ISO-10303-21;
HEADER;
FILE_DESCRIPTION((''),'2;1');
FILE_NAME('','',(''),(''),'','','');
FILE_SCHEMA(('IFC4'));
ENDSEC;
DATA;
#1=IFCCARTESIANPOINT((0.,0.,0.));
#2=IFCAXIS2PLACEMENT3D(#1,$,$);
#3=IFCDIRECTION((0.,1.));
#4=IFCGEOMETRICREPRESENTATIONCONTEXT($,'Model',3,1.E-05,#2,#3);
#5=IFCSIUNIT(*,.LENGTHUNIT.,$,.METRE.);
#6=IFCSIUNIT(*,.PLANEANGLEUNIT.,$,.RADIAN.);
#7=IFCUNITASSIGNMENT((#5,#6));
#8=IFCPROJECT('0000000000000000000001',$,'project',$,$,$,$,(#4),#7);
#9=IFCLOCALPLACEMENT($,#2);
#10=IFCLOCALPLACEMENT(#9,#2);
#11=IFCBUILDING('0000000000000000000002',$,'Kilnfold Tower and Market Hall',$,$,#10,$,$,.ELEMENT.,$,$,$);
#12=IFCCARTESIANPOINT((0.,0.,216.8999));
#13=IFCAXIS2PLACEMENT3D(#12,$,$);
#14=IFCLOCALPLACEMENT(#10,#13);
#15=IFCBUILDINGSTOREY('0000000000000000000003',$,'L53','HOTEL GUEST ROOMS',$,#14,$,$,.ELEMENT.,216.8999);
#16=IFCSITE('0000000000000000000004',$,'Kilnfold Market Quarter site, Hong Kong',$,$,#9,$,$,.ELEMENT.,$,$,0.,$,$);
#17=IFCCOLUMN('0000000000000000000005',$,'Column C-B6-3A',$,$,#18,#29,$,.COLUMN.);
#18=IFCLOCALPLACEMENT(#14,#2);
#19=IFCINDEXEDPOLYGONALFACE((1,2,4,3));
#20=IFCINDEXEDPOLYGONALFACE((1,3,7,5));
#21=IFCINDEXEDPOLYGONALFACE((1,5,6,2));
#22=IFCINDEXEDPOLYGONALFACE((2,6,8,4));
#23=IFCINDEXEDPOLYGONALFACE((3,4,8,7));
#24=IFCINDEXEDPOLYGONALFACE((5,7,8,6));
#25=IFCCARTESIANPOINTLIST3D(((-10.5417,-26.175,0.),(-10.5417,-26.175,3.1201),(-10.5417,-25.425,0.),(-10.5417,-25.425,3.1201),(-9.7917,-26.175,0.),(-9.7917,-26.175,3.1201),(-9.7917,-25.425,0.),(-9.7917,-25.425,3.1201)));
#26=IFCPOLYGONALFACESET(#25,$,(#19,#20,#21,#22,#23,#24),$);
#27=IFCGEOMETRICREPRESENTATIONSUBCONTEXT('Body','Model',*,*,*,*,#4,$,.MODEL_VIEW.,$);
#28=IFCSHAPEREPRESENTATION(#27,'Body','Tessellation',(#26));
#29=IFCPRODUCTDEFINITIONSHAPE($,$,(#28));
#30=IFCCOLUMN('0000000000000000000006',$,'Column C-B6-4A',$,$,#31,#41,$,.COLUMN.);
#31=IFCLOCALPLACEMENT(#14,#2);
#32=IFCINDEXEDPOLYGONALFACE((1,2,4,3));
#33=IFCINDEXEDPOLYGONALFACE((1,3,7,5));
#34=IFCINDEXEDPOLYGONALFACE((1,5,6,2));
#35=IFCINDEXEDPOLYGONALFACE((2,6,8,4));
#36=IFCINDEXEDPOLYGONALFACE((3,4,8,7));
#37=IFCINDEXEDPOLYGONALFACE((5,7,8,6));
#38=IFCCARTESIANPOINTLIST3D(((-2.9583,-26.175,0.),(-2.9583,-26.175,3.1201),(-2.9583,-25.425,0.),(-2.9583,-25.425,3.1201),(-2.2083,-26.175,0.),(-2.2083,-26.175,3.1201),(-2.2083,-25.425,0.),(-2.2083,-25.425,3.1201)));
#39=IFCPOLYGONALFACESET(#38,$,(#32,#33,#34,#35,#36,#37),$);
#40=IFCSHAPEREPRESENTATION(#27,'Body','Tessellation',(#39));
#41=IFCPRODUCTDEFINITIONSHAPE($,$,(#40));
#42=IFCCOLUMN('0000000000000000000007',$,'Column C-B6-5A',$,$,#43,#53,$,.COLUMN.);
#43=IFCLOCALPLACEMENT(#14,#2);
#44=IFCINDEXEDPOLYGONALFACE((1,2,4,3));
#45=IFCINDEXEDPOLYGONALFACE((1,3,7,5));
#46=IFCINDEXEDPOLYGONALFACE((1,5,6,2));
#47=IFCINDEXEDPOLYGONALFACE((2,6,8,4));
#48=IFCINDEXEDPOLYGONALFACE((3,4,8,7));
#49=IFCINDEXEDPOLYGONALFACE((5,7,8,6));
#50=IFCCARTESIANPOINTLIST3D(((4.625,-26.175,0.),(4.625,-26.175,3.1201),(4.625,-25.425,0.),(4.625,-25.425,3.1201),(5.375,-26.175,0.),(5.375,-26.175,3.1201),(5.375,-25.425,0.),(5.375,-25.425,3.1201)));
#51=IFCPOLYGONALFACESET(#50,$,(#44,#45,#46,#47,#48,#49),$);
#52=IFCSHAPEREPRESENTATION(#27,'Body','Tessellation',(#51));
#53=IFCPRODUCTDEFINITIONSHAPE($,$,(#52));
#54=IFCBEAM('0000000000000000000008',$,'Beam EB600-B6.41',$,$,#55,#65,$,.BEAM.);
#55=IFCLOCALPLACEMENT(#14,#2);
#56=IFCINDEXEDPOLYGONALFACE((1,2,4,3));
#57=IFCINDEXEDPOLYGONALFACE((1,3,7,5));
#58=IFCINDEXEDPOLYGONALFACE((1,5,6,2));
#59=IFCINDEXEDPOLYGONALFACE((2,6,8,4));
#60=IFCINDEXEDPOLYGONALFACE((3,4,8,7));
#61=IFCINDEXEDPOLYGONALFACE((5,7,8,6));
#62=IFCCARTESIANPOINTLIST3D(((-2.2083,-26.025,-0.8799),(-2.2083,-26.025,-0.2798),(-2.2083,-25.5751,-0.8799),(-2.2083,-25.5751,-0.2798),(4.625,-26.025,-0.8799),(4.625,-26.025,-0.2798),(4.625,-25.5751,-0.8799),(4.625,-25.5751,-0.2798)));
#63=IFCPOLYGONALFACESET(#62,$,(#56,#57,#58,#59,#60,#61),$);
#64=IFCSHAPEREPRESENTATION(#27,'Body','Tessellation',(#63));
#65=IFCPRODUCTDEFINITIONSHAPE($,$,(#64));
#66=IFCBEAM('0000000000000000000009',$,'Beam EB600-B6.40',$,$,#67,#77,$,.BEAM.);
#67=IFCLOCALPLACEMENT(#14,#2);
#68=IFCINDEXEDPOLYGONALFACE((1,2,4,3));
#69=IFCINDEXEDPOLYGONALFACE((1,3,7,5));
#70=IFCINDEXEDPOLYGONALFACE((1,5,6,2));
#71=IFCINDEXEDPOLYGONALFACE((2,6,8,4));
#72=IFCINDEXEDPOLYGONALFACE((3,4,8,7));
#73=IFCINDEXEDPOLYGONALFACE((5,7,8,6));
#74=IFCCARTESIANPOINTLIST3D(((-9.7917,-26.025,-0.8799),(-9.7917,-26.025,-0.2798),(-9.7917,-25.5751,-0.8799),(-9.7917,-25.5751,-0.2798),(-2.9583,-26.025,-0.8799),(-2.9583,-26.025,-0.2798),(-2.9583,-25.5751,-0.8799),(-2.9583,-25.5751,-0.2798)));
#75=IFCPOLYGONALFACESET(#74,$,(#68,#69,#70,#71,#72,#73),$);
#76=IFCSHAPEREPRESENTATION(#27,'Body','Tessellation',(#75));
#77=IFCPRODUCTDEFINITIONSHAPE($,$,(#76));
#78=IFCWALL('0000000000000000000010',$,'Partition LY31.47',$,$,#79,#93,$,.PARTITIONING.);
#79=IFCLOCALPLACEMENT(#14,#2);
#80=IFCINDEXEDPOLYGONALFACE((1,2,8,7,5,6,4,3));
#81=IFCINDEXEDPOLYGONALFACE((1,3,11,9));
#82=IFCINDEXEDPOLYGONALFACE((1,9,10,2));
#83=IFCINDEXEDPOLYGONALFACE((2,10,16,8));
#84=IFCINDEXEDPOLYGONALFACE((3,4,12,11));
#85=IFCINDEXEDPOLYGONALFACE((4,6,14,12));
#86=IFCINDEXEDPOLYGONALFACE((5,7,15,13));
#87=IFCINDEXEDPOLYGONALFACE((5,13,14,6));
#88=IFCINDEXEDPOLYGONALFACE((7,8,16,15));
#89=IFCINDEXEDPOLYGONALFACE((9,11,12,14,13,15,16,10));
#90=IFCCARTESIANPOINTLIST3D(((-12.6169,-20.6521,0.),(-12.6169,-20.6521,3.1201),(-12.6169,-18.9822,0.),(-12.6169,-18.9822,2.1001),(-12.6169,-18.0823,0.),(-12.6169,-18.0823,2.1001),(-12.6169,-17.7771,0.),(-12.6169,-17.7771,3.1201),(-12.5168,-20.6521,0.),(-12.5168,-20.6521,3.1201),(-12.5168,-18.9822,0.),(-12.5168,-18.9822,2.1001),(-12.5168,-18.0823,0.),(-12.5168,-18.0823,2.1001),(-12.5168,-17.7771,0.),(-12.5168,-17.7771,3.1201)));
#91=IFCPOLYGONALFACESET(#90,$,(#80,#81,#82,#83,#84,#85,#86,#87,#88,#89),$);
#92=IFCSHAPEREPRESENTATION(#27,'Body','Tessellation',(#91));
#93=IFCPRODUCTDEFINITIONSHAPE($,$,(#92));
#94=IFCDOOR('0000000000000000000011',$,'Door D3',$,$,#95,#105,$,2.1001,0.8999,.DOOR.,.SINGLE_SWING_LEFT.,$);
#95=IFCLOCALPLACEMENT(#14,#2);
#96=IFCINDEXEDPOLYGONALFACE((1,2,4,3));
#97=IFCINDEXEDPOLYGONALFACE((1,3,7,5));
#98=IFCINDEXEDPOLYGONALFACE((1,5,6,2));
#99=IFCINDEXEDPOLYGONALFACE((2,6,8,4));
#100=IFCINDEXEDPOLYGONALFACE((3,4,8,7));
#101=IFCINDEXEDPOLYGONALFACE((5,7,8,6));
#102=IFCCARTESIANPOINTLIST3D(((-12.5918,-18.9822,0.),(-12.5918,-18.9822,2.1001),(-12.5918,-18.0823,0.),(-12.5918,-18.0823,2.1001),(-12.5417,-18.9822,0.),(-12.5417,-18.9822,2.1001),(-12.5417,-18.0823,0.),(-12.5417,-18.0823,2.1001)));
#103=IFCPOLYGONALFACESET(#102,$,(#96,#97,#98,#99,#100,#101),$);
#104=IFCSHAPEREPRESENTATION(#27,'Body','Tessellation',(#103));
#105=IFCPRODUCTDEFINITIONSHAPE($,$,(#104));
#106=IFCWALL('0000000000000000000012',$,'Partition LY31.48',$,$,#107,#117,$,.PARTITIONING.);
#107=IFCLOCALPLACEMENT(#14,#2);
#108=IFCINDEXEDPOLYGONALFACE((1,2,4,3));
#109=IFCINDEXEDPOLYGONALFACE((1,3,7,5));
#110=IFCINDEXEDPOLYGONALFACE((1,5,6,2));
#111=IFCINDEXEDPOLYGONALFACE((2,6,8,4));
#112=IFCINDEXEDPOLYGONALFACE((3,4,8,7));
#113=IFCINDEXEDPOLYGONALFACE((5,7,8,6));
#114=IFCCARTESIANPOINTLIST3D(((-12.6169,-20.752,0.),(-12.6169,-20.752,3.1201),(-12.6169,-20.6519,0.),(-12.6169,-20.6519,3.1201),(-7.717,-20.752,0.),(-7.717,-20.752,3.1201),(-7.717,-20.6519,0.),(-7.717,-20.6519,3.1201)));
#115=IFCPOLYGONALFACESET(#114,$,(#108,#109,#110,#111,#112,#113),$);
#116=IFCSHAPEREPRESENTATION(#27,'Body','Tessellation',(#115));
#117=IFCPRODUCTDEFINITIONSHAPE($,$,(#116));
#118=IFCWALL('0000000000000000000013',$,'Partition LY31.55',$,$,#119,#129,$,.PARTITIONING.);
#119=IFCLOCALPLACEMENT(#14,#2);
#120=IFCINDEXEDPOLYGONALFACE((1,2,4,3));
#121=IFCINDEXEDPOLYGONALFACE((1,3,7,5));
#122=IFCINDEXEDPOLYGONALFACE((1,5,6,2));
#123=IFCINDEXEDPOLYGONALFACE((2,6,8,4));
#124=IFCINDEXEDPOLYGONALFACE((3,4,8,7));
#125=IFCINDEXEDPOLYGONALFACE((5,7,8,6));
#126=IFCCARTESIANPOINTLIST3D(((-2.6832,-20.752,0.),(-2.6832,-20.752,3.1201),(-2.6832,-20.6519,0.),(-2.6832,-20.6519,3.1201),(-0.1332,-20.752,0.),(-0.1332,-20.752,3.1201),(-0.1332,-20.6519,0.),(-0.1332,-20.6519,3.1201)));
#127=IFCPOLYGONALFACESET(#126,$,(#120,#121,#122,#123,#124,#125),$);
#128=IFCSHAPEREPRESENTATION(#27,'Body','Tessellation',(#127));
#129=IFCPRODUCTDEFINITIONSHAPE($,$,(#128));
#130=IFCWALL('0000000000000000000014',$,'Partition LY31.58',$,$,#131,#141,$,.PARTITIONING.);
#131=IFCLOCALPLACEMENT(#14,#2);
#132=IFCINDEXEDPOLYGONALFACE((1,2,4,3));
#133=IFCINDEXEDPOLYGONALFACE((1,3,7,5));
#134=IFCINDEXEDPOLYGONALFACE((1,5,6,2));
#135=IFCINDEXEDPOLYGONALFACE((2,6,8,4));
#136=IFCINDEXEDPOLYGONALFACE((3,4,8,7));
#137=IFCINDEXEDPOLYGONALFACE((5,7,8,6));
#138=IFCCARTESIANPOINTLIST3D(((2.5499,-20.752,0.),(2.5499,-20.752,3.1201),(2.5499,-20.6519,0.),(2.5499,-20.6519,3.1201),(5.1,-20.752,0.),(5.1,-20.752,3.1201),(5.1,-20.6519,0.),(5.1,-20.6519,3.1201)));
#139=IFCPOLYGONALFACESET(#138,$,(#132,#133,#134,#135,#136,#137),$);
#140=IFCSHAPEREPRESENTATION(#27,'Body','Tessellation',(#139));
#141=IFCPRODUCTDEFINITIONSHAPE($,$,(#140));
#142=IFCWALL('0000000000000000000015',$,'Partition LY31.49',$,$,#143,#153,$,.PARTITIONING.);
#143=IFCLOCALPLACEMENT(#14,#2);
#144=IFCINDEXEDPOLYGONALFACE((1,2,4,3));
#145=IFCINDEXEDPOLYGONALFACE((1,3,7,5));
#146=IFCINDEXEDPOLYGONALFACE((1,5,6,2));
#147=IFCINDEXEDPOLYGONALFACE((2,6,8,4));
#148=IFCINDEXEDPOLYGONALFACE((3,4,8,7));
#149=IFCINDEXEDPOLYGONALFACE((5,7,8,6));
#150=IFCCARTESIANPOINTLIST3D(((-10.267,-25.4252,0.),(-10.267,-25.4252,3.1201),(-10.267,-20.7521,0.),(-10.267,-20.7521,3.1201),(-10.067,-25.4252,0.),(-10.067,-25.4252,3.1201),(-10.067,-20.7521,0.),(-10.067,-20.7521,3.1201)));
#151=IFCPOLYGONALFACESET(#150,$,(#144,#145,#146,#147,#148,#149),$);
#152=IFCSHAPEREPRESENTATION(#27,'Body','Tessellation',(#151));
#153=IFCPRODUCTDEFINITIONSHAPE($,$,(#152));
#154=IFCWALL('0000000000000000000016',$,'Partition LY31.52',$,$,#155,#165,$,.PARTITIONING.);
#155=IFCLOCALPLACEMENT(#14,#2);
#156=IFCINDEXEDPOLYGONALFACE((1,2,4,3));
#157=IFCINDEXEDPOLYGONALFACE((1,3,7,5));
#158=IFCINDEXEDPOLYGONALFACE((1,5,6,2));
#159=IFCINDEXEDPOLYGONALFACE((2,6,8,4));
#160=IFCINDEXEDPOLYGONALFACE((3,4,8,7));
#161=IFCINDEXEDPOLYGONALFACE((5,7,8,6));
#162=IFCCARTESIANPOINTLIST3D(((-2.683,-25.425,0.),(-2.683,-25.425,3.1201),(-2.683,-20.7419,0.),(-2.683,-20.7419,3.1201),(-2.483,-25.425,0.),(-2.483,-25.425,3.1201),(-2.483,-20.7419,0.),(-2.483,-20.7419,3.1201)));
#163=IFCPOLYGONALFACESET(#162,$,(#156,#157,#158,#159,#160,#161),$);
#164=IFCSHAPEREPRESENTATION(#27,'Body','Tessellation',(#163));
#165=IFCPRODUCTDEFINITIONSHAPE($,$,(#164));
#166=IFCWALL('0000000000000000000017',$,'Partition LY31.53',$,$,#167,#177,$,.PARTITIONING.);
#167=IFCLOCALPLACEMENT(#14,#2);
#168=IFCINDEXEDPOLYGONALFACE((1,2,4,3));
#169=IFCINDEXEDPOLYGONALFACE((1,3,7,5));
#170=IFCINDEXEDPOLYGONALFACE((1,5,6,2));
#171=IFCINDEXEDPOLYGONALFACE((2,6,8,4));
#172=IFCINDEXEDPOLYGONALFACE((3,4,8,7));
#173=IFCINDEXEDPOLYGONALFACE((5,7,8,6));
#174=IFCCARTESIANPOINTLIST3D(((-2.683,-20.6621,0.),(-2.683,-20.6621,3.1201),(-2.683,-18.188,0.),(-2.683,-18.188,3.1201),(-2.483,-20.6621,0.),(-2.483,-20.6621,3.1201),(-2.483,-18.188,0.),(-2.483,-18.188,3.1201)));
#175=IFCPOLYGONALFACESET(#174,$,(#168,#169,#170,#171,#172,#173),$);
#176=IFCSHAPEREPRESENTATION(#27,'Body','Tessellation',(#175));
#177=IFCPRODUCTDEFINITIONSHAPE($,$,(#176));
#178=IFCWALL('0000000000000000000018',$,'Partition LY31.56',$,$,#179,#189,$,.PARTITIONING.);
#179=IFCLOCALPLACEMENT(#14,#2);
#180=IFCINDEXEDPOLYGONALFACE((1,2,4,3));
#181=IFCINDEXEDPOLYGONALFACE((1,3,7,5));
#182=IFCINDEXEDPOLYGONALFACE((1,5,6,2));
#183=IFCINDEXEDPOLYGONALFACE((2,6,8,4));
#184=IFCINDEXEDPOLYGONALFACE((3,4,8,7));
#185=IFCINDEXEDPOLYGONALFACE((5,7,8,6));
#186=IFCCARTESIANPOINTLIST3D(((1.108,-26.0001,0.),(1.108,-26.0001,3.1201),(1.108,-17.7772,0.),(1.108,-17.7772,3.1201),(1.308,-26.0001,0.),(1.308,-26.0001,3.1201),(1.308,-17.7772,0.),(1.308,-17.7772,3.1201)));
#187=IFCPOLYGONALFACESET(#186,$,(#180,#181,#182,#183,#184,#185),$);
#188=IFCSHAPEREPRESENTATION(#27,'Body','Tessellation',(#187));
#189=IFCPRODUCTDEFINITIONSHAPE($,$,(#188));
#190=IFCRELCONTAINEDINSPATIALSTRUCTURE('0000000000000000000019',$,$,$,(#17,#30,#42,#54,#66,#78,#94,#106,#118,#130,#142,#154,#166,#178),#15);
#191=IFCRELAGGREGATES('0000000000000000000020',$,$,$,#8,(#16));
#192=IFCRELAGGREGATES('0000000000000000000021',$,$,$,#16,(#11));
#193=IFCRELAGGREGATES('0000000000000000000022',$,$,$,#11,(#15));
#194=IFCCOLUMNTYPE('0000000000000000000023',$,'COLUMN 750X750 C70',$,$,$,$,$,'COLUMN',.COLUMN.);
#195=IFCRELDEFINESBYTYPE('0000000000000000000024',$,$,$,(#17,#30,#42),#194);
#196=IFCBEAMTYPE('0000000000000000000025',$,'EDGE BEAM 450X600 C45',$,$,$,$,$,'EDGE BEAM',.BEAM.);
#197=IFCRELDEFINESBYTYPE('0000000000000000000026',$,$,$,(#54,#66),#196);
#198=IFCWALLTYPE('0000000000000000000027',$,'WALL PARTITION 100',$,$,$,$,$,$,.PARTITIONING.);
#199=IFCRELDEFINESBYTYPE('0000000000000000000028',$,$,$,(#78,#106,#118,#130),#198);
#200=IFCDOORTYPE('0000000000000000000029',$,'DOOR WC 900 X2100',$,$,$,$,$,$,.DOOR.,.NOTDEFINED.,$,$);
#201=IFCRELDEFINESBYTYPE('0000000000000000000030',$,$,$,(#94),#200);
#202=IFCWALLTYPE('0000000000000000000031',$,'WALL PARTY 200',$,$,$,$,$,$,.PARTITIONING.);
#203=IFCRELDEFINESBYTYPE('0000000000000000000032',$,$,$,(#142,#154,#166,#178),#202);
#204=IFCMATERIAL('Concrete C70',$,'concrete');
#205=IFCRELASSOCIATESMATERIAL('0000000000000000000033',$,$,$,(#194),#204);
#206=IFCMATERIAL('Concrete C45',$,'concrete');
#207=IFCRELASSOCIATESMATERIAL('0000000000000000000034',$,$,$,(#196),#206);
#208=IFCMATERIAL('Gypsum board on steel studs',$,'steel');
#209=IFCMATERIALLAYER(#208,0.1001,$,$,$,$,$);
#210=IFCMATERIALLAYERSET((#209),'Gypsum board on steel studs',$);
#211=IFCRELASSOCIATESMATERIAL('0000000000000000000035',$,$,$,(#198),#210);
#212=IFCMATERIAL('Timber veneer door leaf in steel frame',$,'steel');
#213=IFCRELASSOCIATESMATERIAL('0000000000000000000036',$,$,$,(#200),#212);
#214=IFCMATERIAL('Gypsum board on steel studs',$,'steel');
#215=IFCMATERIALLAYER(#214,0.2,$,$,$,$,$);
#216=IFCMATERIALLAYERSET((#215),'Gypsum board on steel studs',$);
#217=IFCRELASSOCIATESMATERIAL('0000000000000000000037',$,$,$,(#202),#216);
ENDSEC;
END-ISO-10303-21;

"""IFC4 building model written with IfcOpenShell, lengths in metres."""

from ifc_helpers import new_model, si_unit, direction, frame, frame_2d, origin, origin_2d, place, context, subcontext, project, spatial, rectangle, extrude, source, transform, mapped, material, layer, layer_set, material_profile, profile_set, type_object, element, fill, save


model = new_model("IFC4")

# Units and contexts
model_context = context("Model", 3, precision=1e-05, world=origin(), true_north=direction((0.0, 1.0)))
body_context = subcontext(model_context, "Body", "Model", "MODEL_VIEW")
ifc_project = project(units=[si_unit("LENGTHUNIT", "METRE"), si_unit("PLANEANGLEUNIT", "RADIAN")], contexts=[model_context])

# Site, building, storey
site_placement = place(None, origin())
site = spatial("IfcSite", under=ifc_project, at=site_placement, Name="Kilnfold Market Quarter site, Hong Kong", CompositionType="ELEMENT", RefElevation=0.0)
building_placement = place(site_placement, origin())
building = spatial("IfcBuilding", under=site, at=building_placement, Name="Kilnfold Tower and Market Hall", CompositionType="ELEMENT")
storey_placement = place(building_placement, frame((0.0, 0.0, 216.8999)))
storey = spatial("IfcBuildingStorey", under=building, at=storey_placement, Name="L53", Description="HOTEL GUEST ROOMS", CompositionType="ELEMENT", Elevation=216.8999)

# Columns
ifc_material_1 = material(Name="Concrete C70", Category="concrete")
ifc_material_profile_1 = material_profile(ifc_material_1, rectangle(XDim=0.75, YDim=0.75, at=origin_2d()), Name="RC 750x750")
ifc_profile_set_1 = profile_set([ifc_material_profile_1], Name="Concrete C70")
column_type = type_object("IfcColumnType", Name="COLUMN 750X750 C70", ElementType="COLUMN", PredefinedType="COLUMN", material=ifc_profile_set_1)
shared_shape_1 = source(origin(), body_context, "Body", "SweptSolid", [
    extrude(rectangle(XDim=0.75, YDim=0.75, at=origin_2d()), origin(), (0.0, 0.0, 1.0), 3.1201),
])
for number, where, z_axis, x_axis, name in (
    (1, (-10.1667, -25.8, 0.0), (0.0, 0.0, 1.0), (1.0, 0.0, 0.0), "Column C-B6-3A"),
    (2, (-2.5833, -25.8, 0.0), (0.0, 0.0, 1.0), (1.0, 0.0, 0.0), "Column C-B6-4A"),
    (3, (5.0, -25.8, 0.0), (0.0, 0.0, 1.0), (1.0, 0.0, 0.0), "Column C-B6-5A"),
):
    element("IfcColumn", number, at=place(storey_placement, frame(where, z_axis=z_axis, x_axis=x_axis)), inside=storey, type_object=column_type, Name=name, PredefinedType="COLUMN", context=body_context, shape_type="MappedRepresentation", body=[
        mapped(shared_shape_1, transform((0.0, 0.0, 0.0))),
    ])

# Beams
ifc_material_2 = material(Name="Concrete C45", Category="concrete")
ifc_material_profile_2 = material_profile(ifc_material_2, rectangle(XDim=0.45, YDim=0.6001, at=origin_2d()), Name="RC 450x600")
ifc_profile_set_2 = profile_set([ifc_material_profile_2], Name="Concrete C45")
beam_type = type_object("IfcBeamType", Name="EDGE BEAM 450X600 C45", ElementType="EDGE BEAM", PredefinedType="BEAM", material=ifc_profile_set_2)
shared_shape_2 = source(origin(), body_context, "Body", "SweptSolid", [
    extrude(rectangle(XDim=0.45, YDim=0.6001, at=origin_2d()), origin(), (0.0, 0.0, 1.0), 6.8333),
])
beam_1_placement = place(storey_placement, frame((-2.2083, -25.8, -0.5798), z_axis=(1.0, 0.0, 0.0), x_axis=(0.0, 1.0, 0.0)))
element("IfcBeam", 4, at=beam_1_placement, inside=storey, type_object=beam_type, Name="Beam EB600-B6.41", PredefinedType="BEAM", context=body_context, shape_type="MappedRepresentation", body=[
    mapped(shared_shape_2, transform((0.0, 0.0, 0.0))),
])
shared_shape_3 = source(origin(), body_context, "Body", "SweptSolid", [
    extrude(rectangle(XDim=0.45, YDim=0.6001, at=origin_2d()), origin(), (0.0, 0.0, 1.0), 6.8335),
])
beam_2_placement = place(storey_placement, frame((-9.7917, -25.8, -0.5798), z_axis=(1.0, 0.0, 0.0), x_axis=(0.0, 1.0, 0.0)))
element("IfcBeam", 5, at=beam_2_placement, inside=storey, type_object=beam_type, Name="Beam EB600-B6.40", PredefinedType="BEAM", context=body_context, shape_type="MappedRepresentation", body=[
    mapped(shared_shape_3, transform((0.0, 0.0, 0.0))),
])

# Wall, opening, door
ifc_material_3 = material(Name="Gypsum board on steel studs", Category="steel")
ifc_layer_1 = layer(ifc_material_3, 0.1001)
ifc_layer_set_1 = layer_set([ifc_layer_1], Name="Gypsum board on steel studs")
wall_type_1 = type_object("IfcWallType", Name="WALL PARTITION 100", PredefinedType="PARTITIONING", material=ifc_layer_set_1)
wall_1_placement = place(storey_placement, frame((-12.5669, -20.6521, 0.0), z_axis=(0.0, 0.0, 1.0), x_axis=(0.0, 1.0, 0.0)))
wall_1 = element("IfcWall", 6, at=wall_1_placement, inside=storey, type_object=wall_type_1, Name="Partition LY31.47", PredefinedType="PARTITIONING", context=body_context, shape_type="SweptSolid", body=[
    extrude(rectangle(XDim=2.875, YDim=0.1001, at=frame_2d((1.4375, 0.0))), origin(), (0.0, 0.0, 1.0), 3.1201),
])
opening_1_placement = place(wall_1_placement, frame((1.6699, 0.0, 0.0)))
opening_1 = element("IfcOpeningElement", 7, at=opening_1_placement, cuts=wall_1, PredefinedType="OPENING", context=body_context, shape_type="SweptSolid", body=[
    extrude(rectangle(XDim=0.8999, YDim=2.1001, at=frame_2d((0.45, 1.05))), frame((0.0, 0.0601, 0.0), z_axis=(0.0, -1.0, 0.0), x_axis=(1.0, 0.0, 0.0)), (0.0, 0.0, 1.0), 0.1201),
])
ifc_material_4 = material(Name="Timber veneer door leaf in steel frame", Category="steel")
door_type = type_object("IfcDoorType", Name="DOOR WC 900 X2100", OperationType="NOTDEFINED", PredefinedType="DOOR", material=ifc_material_4)
door_placement = place(opening_1_placement, origin())
door = element("IfcDoor", 8, at=door_placement, inside=storey, type_object=door_type, Name="Door D3", OperationType="SINGLE_SWING_LEFT", OverallHeight=2.1001, OverallWidth=0.8999, PredefinedType="DOOR", context=body_context, shape_type="SweptSolid", body=[
    extrude(rectangle(XDim=0.8999, YDim=2.1001, at=frame_2d((0.45, 1.05))), frame((0.0, 0.0249, 0.0), z_axis=(0.0, -1.0, 0.0), x_axis=(1.0, 0.0, 0.0)), (0.0, 0.0, 1.0), 0.05),
])
fill(opening_1, door)

# Walls
wall_2_placement = place(storey_placement, frame((-12.6169, -20.7019, 0.0), z_axis=(0.0, 0.0, 1.0), x_axis=(1.0, 0.0, 0.0)))
element("IfcWall", 9, at=wall_2_placement, inside=storey, type_object=wall_type_1, Name="Partition LY31.48", PredefinedType="PARTITIONING", context=body_context, shape_type="SweptSolid", body=[
    extrude(rectangle(XDim=4.8999, YDim=0.1001, at=frame_2d((2.45, 0.0))), origin(), (0.0, 0.0, 1.0), 3.1201),
])
for number, where, z_axis, x_axis, name in (
    (10, (-2.6831, -20.7019, 0.0), (0.0, 0.0, 1.0), (1.0, 0.0, 0.0), "Partition LY31.55"),
    (11, (2.55, -20.7019, 0.0), (0.0, 0.0, 1.0), (1.0, 0.0, 0.0), "Partition LY31.58"),
):
    element("IfcWall", number, at=place(storey_placement, frame(where, z_axis=z_axis, x_axis=x_axis)), inside=storey, type_object=wall_type_1, Name=name, PredefinedType="PARTITIONING", context=body_context, shape_type="SweptSolid", body=[
        extrude(rectangle(XDim=2.55, YDim=0.1001, at=frame_2d((1.2749, 0.0))), origin(), (0.0, 0.0, 1.0), 3.1201),
    ])
ifc_material_5 = material(Name="Gypsum board on steel studs", Category="steel")
ifc_layer_2 = layer(ifc_material_5, 0.2)
ifc_layer_set_2 = layer_set([ifc_layer_2], Name="Gypsum board on steel studs")
wall_type_2 = type_object("IfcWallType", Name="WALL PARTY 200", PredefinedType="PARTITIONING", material=ifc_layer_set_2)
wall_3_placement = place(storey_placement, frame((-10.167, -25.425, 0.0), z_axis=(0.0, 0.0, 1.0), x_axis=(0.0, 1.0, 0.0)))
element("IfcWall", 12, at=wall_3_placement, inside=storey, type_object=wall_type_2, Name="Partition LY31.49", PredefinedType="PARTITIONING", context=body_context, shape_type="SweptSolid", body=[
    extrude(rectangle(XDim=4.6731, YDim=0.2, at=frame_2d((2.3364, 0.0))), origin(), (0.0, 0.0, 1.0), 3.1201),
])
wall_4_placement = place(storey_placement, frame((-2.583, -25.425, 0.0), z_axis=(0.0, 0.0, 1.0), x_axis=(0.0, 1.0, 0.0)))
element("IfcWall", 13, at=wall_4_placement, inside=storey, type_object=wall_type_2, Name="Partition LY31.52", PredefinedType="PARTITIONING", context=body_context, shape_type="SweptSolid", body=[
    extrude(rectangle(XDim=4.6831, YDim=0.2, at=frame_2d((2.3416, 0.0))), origin(), (0.0, 0.0, 1.0), 3.1201),
])
wall_5_placement = place(storey_placement, frame((-2.583, -20.6621, 0.0), z_axis=(0.0, 0.0, 1.0), x_axis=(0.0, 1.0, 0.0)))
element("IfcWall", 14, at=wall_5_placement, inside=storey, type_object=wall_type_2, Name="Partition LY31.53", PredefinedType="PARTITIONING", context=body_context, shape_type="SweptSolid", body=[
    extrude(rectangle(XDim=2.4741, YDim=0.2, at=frame_2d((1.2371, 0.0))), origin(), (0.0, 0.0, 1.0), 3.1201),
])
wall_6_placement = place(storey_placement, frame((1.208, -26.0, 0.0), z_axis=(0.0, 0.0, 1.0), x_axis=(0.0, 1.0, 0.0)))
element("IfcWall", 15, at=wall_6_placement, inside=storey, type_object=wall_type_2, Name="Partition LY31.56", PredefinedType="PARTITIONING", context=body_context, shape_type="SweptSolid", body=[
    extrude(rectangle(XDim=8.2229, YDim=0.2, at=frame_2d((4.1113, 0.0))), origin(), (0.0, 0.0, 1.0), 3.1201),
])

save(model, "model.ifc")
